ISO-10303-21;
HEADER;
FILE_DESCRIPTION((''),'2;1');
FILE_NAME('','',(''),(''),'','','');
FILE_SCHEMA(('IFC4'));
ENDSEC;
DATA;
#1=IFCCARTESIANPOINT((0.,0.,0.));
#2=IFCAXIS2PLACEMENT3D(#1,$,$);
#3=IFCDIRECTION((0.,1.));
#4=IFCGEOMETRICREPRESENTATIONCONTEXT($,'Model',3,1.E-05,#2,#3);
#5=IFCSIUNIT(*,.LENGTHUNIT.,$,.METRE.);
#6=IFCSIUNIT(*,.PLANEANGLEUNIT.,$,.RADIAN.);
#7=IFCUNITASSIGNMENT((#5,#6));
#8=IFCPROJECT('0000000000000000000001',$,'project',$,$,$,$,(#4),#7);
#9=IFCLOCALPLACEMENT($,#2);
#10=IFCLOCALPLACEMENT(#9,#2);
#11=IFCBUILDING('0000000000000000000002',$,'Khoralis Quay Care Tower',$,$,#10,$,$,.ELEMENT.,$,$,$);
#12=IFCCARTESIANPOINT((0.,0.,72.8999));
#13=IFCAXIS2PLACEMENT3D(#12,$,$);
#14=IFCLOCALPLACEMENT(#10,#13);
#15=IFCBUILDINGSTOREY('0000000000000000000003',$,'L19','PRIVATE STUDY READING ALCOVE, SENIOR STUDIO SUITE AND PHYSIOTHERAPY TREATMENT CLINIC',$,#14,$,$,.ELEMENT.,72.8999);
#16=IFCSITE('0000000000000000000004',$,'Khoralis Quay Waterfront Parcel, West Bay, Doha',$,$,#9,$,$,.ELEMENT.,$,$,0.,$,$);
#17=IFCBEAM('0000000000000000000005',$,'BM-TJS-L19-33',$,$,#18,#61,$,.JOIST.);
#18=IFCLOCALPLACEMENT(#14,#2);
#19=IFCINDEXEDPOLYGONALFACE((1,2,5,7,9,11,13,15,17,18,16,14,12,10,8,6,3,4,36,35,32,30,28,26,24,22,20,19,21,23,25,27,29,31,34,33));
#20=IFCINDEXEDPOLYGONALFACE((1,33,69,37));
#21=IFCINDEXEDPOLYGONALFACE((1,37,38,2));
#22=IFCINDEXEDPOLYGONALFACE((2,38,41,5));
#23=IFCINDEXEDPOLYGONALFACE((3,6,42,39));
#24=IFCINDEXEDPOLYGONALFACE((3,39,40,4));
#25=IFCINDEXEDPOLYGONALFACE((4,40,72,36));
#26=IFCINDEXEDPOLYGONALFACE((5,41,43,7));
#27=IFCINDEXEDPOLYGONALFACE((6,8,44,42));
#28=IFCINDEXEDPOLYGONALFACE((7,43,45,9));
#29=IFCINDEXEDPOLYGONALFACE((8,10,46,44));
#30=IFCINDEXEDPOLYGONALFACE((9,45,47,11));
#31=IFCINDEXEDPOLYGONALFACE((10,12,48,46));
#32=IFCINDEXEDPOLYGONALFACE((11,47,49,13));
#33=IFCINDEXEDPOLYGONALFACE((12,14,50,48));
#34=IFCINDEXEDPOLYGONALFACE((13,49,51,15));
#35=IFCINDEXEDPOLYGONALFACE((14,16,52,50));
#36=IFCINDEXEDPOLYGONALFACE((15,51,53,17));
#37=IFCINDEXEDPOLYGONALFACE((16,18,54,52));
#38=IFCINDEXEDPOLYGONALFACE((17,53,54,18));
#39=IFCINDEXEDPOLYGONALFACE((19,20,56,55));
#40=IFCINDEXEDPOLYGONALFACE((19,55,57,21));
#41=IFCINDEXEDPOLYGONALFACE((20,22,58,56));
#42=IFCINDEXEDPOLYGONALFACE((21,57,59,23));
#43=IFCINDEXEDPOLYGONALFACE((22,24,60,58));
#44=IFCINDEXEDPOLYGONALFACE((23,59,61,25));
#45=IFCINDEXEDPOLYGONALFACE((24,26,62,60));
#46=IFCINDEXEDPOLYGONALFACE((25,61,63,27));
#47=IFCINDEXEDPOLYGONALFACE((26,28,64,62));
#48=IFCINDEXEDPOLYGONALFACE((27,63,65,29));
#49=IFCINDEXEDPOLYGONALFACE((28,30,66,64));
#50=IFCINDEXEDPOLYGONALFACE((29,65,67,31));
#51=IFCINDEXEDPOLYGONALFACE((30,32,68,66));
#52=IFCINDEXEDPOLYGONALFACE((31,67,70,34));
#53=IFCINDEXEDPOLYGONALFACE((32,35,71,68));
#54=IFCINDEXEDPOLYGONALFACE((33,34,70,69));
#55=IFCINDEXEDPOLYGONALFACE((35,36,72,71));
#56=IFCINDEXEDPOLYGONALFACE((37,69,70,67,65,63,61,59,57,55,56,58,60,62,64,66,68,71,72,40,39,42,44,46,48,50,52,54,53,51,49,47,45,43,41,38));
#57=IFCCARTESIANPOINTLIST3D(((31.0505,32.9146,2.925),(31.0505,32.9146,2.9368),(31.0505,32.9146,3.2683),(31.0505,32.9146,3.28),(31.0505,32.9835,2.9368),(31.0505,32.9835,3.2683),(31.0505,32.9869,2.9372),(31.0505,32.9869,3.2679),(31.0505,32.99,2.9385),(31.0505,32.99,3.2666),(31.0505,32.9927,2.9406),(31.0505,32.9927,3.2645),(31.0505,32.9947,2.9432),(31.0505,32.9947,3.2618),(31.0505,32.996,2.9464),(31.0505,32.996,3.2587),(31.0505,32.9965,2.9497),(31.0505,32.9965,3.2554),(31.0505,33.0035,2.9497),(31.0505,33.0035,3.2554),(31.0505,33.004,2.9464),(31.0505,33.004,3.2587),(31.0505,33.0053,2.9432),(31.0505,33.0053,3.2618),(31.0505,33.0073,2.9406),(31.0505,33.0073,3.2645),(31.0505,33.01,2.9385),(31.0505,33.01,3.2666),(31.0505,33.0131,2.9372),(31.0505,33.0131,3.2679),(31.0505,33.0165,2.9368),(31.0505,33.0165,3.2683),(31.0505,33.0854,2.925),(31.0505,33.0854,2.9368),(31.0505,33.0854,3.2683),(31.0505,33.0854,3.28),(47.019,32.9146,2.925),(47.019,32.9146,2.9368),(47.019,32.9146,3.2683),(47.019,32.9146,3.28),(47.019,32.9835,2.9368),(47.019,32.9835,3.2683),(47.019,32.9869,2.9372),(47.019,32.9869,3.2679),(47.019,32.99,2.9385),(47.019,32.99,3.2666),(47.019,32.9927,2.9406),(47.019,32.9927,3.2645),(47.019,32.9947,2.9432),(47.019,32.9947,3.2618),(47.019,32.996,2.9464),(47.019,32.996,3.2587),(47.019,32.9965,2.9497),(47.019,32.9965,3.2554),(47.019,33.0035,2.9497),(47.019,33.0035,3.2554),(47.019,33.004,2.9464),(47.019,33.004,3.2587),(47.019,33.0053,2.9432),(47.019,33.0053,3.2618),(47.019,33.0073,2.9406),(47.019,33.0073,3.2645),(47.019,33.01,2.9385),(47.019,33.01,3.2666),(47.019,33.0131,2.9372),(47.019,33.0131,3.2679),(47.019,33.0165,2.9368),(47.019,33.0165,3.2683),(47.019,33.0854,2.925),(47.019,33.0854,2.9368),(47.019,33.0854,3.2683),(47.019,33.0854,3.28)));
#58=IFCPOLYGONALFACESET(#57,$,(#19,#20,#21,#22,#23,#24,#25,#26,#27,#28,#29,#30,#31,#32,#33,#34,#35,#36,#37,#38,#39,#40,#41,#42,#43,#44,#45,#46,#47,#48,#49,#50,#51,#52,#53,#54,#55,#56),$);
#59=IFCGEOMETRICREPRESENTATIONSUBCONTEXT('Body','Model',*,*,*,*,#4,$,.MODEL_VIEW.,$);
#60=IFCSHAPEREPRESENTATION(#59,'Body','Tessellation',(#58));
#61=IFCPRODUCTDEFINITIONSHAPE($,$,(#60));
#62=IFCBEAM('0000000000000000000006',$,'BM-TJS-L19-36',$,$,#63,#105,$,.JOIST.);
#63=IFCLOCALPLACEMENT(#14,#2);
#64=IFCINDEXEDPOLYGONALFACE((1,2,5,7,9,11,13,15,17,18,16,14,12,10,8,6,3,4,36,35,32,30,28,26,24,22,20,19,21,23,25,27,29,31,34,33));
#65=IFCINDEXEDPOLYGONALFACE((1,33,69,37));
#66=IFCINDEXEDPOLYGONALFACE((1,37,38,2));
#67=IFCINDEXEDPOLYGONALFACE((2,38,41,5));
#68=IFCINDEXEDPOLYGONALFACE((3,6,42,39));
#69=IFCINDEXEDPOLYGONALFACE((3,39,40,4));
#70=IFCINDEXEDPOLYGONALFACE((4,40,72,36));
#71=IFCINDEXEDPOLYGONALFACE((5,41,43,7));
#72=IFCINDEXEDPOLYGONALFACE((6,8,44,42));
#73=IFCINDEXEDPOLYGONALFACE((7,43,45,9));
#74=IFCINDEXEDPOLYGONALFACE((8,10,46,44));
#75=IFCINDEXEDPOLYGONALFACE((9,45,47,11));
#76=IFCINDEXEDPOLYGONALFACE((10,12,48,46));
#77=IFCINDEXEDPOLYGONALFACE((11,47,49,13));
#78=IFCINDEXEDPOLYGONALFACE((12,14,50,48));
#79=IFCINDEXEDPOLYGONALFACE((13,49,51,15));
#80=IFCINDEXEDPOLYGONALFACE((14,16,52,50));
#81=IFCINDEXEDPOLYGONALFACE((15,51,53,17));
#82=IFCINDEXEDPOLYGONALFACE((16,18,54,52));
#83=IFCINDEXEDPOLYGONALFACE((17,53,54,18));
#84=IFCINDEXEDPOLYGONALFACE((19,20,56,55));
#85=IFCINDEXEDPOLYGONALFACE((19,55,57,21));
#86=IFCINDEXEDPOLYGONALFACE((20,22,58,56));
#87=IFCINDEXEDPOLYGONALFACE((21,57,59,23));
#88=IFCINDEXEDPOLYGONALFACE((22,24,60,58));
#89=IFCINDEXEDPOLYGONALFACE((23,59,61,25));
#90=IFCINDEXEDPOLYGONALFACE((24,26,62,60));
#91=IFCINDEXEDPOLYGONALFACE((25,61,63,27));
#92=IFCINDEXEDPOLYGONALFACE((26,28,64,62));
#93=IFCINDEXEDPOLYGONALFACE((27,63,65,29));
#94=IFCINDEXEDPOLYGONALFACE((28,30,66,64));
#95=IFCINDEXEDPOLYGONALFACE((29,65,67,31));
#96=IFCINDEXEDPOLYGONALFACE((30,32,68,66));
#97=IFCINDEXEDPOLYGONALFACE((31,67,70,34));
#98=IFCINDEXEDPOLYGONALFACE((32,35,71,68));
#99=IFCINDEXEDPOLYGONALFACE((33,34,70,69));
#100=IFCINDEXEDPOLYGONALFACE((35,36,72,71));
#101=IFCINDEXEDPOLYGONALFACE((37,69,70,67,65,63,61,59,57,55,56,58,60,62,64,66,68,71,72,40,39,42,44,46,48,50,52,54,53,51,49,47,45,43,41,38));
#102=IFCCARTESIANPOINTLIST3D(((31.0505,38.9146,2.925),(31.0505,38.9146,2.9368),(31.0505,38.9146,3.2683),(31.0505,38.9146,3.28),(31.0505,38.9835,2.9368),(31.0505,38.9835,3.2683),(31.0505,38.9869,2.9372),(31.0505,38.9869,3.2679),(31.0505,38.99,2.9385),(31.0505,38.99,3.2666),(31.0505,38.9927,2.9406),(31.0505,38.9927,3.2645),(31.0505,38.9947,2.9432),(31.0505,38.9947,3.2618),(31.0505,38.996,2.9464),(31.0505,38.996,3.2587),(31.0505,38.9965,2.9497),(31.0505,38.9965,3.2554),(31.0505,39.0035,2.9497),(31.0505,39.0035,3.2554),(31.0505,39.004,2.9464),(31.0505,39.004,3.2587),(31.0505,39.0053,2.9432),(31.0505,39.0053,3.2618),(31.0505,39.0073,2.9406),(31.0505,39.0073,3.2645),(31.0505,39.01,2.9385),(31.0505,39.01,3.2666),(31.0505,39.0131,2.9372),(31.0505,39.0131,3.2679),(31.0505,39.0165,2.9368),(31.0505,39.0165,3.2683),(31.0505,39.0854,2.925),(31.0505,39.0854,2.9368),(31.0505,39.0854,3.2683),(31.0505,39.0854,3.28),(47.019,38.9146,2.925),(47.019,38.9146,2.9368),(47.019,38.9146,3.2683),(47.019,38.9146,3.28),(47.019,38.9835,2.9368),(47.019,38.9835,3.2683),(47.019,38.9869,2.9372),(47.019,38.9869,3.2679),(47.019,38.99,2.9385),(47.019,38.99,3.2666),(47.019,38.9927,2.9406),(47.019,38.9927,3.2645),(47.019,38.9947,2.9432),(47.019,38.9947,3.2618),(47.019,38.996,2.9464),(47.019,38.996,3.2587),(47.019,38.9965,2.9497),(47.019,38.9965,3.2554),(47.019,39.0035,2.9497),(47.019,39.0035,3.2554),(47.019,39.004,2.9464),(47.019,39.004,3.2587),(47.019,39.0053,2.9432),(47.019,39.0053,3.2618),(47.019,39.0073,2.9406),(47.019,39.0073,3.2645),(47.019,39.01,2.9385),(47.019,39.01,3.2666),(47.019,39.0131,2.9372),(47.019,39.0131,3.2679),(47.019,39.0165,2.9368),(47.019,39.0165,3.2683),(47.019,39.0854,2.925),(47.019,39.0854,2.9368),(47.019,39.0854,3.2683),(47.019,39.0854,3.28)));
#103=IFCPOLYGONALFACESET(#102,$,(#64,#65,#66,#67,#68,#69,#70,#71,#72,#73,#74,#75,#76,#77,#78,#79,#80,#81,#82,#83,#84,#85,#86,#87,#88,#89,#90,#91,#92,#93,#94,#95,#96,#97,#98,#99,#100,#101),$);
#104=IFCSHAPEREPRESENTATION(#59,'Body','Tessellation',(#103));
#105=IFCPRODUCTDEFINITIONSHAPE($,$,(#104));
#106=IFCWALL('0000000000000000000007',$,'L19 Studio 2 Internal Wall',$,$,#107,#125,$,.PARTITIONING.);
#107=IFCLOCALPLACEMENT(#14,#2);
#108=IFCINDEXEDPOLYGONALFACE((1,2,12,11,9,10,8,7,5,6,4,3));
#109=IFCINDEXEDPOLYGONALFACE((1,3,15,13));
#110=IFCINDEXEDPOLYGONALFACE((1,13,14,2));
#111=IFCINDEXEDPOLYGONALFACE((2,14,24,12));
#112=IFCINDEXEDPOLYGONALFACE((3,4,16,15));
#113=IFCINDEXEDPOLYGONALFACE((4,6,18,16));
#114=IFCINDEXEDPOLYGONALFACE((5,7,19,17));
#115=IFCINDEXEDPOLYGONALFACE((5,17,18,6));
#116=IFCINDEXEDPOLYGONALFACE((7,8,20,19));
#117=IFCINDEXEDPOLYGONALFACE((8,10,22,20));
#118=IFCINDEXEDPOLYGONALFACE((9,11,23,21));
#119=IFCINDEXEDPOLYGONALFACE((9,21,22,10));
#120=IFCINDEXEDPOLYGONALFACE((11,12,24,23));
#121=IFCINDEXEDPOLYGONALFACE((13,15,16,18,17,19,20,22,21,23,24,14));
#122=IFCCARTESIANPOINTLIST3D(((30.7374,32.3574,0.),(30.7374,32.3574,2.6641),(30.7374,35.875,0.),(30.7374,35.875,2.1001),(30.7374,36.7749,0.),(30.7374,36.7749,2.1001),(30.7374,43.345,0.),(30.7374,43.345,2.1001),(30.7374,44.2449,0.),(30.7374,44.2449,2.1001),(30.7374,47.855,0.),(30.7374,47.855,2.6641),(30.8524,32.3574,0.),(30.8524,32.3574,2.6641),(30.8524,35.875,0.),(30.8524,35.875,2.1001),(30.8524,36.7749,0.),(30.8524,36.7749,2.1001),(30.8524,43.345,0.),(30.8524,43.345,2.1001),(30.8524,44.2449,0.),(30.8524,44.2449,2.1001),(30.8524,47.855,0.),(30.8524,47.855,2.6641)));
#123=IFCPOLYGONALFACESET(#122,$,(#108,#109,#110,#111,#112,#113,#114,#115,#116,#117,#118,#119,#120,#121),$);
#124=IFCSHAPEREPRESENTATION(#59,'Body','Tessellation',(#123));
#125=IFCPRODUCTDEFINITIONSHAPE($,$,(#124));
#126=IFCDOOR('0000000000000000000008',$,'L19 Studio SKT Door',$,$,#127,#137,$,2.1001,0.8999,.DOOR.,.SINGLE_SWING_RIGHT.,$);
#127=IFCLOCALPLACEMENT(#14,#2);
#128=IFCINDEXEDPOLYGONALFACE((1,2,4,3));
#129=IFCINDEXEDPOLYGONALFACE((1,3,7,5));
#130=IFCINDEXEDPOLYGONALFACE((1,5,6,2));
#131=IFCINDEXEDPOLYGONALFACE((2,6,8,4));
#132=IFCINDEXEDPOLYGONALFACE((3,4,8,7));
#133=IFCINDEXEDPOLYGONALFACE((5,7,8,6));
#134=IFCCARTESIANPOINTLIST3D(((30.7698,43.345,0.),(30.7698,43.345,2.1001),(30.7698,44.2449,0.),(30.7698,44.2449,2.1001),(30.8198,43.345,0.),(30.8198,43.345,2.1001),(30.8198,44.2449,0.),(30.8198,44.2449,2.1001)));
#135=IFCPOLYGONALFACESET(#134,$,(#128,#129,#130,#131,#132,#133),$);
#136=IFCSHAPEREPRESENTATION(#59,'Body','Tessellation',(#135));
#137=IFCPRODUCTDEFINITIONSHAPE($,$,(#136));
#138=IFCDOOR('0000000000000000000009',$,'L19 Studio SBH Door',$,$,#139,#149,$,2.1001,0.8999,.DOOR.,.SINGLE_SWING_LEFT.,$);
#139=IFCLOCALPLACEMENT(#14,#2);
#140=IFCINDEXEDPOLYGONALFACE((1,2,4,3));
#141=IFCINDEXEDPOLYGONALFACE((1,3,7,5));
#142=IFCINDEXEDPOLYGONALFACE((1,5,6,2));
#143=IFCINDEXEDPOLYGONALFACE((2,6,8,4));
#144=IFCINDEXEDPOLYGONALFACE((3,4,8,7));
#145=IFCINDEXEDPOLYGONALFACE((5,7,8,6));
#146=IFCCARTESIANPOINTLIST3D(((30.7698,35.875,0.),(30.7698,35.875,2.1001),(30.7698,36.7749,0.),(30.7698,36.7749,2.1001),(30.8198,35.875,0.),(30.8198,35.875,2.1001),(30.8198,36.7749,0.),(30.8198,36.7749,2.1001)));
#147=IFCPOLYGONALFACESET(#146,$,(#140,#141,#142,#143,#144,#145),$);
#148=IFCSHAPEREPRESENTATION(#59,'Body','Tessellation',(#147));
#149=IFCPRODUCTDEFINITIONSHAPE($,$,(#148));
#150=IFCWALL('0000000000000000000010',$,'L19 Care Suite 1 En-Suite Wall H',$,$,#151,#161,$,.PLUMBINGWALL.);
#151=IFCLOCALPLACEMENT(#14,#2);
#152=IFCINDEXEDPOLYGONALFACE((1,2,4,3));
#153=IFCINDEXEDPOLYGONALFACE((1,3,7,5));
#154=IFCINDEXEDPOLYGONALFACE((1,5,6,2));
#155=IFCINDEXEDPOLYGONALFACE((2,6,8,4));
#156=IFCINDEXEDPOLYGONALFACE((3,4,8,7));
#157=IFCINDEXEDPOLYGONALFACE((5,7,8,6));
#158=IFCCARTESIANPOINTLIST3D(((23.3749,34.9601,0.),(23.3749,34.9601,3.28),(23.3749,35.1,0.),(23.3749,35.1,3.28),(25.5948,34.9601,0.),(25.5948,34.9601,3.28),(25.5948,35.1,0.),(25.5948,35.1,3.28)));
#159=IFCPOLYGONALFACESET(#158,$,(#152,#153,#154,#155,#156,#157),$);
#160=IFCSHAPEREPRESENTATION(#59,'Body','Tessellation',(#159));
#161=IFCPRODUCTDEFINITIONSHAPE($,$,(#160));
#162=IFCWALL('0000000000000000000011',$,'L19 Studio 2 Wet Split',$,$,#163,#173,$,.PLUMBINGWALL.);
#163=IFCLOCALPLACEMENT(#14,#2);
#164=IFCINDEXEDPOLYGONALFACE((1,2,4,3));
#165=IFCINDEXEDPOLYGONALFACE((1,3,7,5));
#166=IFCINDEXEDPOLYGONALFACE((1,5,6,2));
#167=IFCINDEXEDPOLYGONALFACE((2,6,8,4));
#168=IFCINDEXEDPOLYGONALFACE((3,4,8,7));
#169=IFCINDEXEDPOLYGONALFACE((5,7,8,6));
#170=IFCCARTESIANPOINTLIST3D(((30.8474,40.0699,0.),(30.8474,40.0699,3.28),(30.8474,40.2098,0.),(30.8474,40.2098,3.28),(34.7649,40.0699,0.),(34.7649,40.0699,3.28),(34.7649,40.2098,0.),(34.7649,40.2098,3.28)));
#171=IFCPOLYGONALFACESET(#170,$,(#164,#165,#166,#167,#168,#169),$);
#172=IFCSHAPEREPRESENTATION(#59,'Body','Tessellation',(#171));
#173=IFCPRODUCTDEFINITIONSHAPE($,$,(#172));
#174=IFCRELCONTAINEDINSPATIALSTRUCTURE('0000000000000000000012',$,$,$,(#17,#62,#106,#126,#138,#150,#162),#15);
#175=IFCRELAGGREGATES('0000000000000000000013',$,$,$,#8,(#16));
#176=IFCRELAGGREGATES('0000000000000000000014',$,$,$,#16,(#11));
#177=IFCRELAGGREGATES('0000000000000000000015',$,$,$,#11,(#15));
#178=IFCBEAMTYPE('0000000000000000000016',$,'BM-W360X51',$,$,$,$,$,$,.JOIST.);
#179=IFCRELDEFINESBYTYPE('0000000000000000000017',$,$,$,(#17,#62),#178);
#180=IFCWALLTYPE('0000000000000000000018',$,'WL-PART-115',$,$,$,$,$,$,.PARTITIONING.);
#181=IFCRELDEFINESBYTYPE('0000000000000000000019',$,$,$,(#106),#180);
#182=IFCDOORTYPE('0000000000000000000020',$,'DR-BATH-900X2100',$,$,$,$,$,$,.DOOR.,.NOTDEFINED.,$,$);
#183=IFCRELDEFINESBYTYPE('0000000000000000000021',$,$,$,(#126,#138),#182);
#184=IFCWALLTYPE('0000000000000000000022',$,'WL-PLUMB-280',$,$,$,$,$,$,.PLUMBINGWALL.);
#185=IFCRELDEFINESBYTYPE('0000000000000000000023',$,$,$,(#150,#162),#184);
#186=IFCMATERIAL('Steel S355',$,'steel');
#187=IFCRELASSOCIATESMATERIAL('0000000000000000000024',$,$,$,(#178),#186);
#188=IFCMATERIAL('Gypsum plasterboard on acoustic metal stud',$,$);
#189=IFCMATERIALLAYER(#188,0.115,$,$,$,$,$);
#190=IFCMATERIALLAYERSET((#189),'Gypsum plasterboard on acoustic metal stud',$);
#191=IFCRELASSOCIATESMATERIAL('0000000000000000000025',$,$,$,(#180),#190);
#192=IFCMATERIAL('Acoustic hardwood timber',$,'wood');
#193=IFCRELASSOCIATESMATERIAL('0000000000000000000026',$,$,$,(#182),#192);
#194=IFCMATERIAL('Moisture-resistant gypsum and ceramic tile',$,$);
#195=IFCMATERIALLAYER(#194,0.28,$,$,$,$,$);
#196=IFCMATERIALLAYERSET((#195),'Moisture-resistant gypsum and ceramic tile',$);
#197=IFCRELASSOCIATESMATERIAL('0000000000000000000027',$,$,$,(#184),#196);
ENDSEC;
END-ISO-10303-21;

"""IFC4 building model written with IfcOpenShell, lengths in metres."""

from ifc_helpers import new_model, si_unit, direction, frame, frame_2d, origin, origin_2d, place, context, subcontext, project, spatial, rectangle, i_section, extrude, source, transform, mapped, material, layer, layer_set, material_profile, profile_set, type_object, element, fill, save


model = new_model("IFC4")

# Units and contexts
model_context = context("Model", 3, precision=1e-05, world=origin(), true_north=direction((0.0, 1.0)))
body_context = subcontext(model_context, "Body", "Model", "MODEL_VIEW")
ifc_project = project(units=[si_unit("LENGTHUNIT", "METRE"), si_unit("PLANEANGLEUNIT", "RADIAN")], contexts=[model_context])

# Site, building, storey
site_placement = place(None, origin())
site = spatial("IfcSite", under=ifc_project, at=site_placement, Name="Khoralis Quay Waterfront Parcel, West Bay, Doha", CompositionType="ELEMENT", RefElevation=0.0)
building_placement = place(site_placement, origin())
building = spatial("IfcBuilding", under=site, at=building_placement, Name="Khoralis Quay Care Tower", CompositionType="ELEMENT")
storey_placement = place(building_placement, frame((0.0, 0.0, 72.8999)))
storey = spatial("IfcBuildingStorey", under=building, at=storey_placement, Name="L19", Description="PRIVATE STUDY READING ALCOVE, SENIOR STUDIO SUITE AND PHYSIOTHERAPY TREATMENT CLINIC", CompositionType="ELEMENT", Elevation=72.8999)

# Beams
ifc_material_1 = material(Name="Steel S355", Category="steel")
ifc_material_profile_1 = material_profile(ifc_material_1, i_section(OverallWidth=0.1709, OverallDepth=0.355, WebThickness=0.0071, FlangeThickness=0.0117, FilletRadius=0.0129, at=origin_2d()), Name="Steel S355")
ifc_profile_set_1 = profile_set([ifc_material_profile_1], Name="Steel S355")
beam_type_1 = type_object("IfcBeamType", Name="BM-W360X51", PredefinedType="JOIST", material=ifc_profile_set_1)
shared_shape_1 = source(origin(), body_context, "Body", "SweptSolid", [
    extrude(i_section(OverallWidth=0.1709, OverallDepth=0.355, WebThickness=0.0071, FlangeThickness=0.0117, FilletRadius=0.0129, at=origin_2d()), origin(), (0.0, 0.0, 1.0), 15.9685),
])
for number, where, z_axis, x_axis, name in (
    (1, (31.0505, 33.0, 3.1025), (1.0, 0.0, 0.0), (0.0, 1.0, 0.0), "BM-TJS-L19-33"),
    (2, (31.0505, 39.0, 3.1025), (1.0, 0.0, 0.0), (0.0, 1.0, 0.0), "BM-TJS-L19-36"),
):
    element("IfcBeam", number, at=place(storey_placement, frame(where, z_axis=z_axis, x_axis=x_axis)), inside=storey, type_object=beam_type_1, Name=name, PredefinedType="JOIST", context=body_context, shape_type="MappedRepresentation", body=[
        mapped(shared_shape_1, transform((0.0, 0.0, 0.0), scale=1.0)),
    ])

# Wall, openings, doors
ifc_material_2 = material(Name="Gypsum plasterboard on acoustic metal stud")
ifc_layer_1 = layer(ifc_material_2, 0.115)
ifc_layer_set_1 = layer_set([ifc_layer_1], Name="Gypsum plasterboard on acoustic metal stud")
wall_type_1 = type_object("IfcWallType", Name="WL-PART-115", PredefinedType="PARTITIONING", material=ifc_layer_set_1)
wall_1_placement = place(storey_placement, frame((30.7949, 32.3574, 0.0), z_axis=(0.0, 0.0, 1.0), x_axis=(0.0, 1.0, 0.0)))
wall_1 = element("IfcWall", 3, at=wall_1_placement, inside=storey, type_object=wall_type_1, Name="L19 Studio 2 Internal Wall", PredefinedType="PARTITIONING", context=body_context, shape_type="SweptSolid", body=[
    extrude(rectangle(XDim=15.4976, YDim=0.115, at=frame_2d((7.7488, 0.0))), origin(), (0.0, 0.0, 1.0), 2.6641),
])
opening_1_placement = place(wall_1_placement, frame((10.9875, 0.0, 0.0)))
opening_1 = element("IfcOpeningElement", 4, at=opening_1_placement, cuts=wall_1, PredefinedType="OPENING", context=body_context, shape_type="SweptSolid", body=[
    extrude(rectangle(XDim=0.8999, YDim=2.1001, at=frame_2d((0.45, 1.05))), frame((0.0, 0.0674, 0.0), z_axis=(0.0, -1.0, 0.0), x_axis=(1.0, 0.0, 0.0)), (0.0, 0.0, 1.0), 0.135),
])
opening_2_placement = place(wall_1_placement, frame((3.5176, 0.0, 0.0)))
opening_2 = element("IfcOpeningElement", 5, at=opening_2_placement, cuts=wall_1, PredefinedType="OPENING", context=body_context, shape_type="SweptSolid", body=[
    extrude(rectangle(XDim=0.8999, YDim=2.1001, at=frame_2d((0.45, 1.05))), frame((0.0, 0.0674, 0.0), z_axis=(0.0, -1.0, 0.0), x_axis=(1.0, 0.0, 0.0)), (0.0, 0.0, 1.0), 0.135),
])
ifc_material_3 = material(Name="Acoustic hardwood timber", Category="wood")
door_type = type_object("IfcDoorType", Name="DR-BATH-900X2100", OperationType="NOTDEFINED", PredefinedType="DOOR", material=ifc_material_3)
shared_shape_2 = source(origin(), body_context, "Body", "SweptSolid", [
    extrude(rectangle(XDim=0.8999, YDim=2.1001, at=frame_2d((0.45, 1.05))), frame((0.0, 0.0249, 0.0), z_axis=(0.0, -1.0, 0.0), x_axis=(1.0, 0.0, 0.0)), (0.0, 0.0, 1.0), 0.05),
])
door_1_placement = place(opening_1_placement, frame((0.8999, 0.0, 0.0), z_axis=(0.0, 0.0, 1.0), x_axis=(-1.0, 0.0, 0.0)))
door_1 = element("IfcDoor", 6, at=door_1_placement, inside=storey, type_object=door_type, Name="L19 Studio SKT Door", OperationType="SINGLE_SWING_RIGHT", OverallHeight=2.1001, OverallWidth=0.8999, PredefinedType="DOOR", context=body_context, shape_type="MappedRepresentation", body=[
    mapped(shared_shape_2, transform((0.0, 0.0, 0.0), scale=1.0)),
])
fill(opening_1, door_1)
door_2_placement = place(opening_2_placement, frame((0.8999, 0.0, 0.0), z_axis=(0.0, 0.0, 1.0), x_axis=(-1.0, 0.0, 0.0)))
door_2 = element("IfcDoor", 7, at=door_2_placement, inside=storey, type_object=door_type, Name="L19 Studio SBH Door", OperationType="SINGLE_SWING_LEFT", OverallHeight=2.1001, OverallWidth=0.8999, PredefinedType="DOOR", context=body_context, shape_type="MappedRepresentation", body=[
    mapped(shared_shape_2, transform((0.0, 0.0, 0.0), scale=1.0)),
])
fill(opening_2, door_2)

# Walls
ifc_material_4 = material(Name="Moisture-resistant gypsum and ceramic tile")
ifc_layer_2 = layer(ifc_material_4, 0.28)
ifc_layer_set_2 = layer_set([ifc_layer_2], Name="Moisture-resistant gypsum and ceramic tile")
wall_type_2 = type_object("IfcWallType", Name="WL-PLUMB-280", PredefinedType="PLUMBINGWALL", material=ifc_layer_set_2)
wall_2_placement = place(storey_placement, frame((23.375, 35.03, 0.0), z_axis=(0.0, 0.0, 1.0), x_axis=(1.0, 0.0, 0.0)))
element("IfcWall", 8, at=wall_2_placement, inside=storey, type_object=wall_type_2, Name="L19 Care Suite 1 En-Suite Wall H", PredefinedType="PLUMBINGWALL", context=body_context, shape_type="SweptSolid", body=[
    extrude(rectangle(XDim=2.22, YDim=0.1399, at=frame_2d((1.1099, 0.0))), origin(), (0.0, 0.0, 1.0), 3.28),
])
wall_3_placement = place(storey_placement, frame((30.8474, 40.1399, 0.0), z_axis=(0.0, 0.0, 1.0), x_axis=(1.0, 0.0, 0.0)))
element("IfcWall", 9, at=wall_3_placement, inside=storey, type_object=wall_type_2, Name="L19 Studio 2 Wet Split", PredefinedType="PLUMBINGWALL", context=body_context, shape_type="SweptSolid", body=[
    extrude(rectangle(XDim=3.9175, YDim=0.1399, at=frame_2d((1.9587, 0.0))), origin(), (0.0, 0.0, 1.0), 3.28),
])

save(model, "model.ifc")
